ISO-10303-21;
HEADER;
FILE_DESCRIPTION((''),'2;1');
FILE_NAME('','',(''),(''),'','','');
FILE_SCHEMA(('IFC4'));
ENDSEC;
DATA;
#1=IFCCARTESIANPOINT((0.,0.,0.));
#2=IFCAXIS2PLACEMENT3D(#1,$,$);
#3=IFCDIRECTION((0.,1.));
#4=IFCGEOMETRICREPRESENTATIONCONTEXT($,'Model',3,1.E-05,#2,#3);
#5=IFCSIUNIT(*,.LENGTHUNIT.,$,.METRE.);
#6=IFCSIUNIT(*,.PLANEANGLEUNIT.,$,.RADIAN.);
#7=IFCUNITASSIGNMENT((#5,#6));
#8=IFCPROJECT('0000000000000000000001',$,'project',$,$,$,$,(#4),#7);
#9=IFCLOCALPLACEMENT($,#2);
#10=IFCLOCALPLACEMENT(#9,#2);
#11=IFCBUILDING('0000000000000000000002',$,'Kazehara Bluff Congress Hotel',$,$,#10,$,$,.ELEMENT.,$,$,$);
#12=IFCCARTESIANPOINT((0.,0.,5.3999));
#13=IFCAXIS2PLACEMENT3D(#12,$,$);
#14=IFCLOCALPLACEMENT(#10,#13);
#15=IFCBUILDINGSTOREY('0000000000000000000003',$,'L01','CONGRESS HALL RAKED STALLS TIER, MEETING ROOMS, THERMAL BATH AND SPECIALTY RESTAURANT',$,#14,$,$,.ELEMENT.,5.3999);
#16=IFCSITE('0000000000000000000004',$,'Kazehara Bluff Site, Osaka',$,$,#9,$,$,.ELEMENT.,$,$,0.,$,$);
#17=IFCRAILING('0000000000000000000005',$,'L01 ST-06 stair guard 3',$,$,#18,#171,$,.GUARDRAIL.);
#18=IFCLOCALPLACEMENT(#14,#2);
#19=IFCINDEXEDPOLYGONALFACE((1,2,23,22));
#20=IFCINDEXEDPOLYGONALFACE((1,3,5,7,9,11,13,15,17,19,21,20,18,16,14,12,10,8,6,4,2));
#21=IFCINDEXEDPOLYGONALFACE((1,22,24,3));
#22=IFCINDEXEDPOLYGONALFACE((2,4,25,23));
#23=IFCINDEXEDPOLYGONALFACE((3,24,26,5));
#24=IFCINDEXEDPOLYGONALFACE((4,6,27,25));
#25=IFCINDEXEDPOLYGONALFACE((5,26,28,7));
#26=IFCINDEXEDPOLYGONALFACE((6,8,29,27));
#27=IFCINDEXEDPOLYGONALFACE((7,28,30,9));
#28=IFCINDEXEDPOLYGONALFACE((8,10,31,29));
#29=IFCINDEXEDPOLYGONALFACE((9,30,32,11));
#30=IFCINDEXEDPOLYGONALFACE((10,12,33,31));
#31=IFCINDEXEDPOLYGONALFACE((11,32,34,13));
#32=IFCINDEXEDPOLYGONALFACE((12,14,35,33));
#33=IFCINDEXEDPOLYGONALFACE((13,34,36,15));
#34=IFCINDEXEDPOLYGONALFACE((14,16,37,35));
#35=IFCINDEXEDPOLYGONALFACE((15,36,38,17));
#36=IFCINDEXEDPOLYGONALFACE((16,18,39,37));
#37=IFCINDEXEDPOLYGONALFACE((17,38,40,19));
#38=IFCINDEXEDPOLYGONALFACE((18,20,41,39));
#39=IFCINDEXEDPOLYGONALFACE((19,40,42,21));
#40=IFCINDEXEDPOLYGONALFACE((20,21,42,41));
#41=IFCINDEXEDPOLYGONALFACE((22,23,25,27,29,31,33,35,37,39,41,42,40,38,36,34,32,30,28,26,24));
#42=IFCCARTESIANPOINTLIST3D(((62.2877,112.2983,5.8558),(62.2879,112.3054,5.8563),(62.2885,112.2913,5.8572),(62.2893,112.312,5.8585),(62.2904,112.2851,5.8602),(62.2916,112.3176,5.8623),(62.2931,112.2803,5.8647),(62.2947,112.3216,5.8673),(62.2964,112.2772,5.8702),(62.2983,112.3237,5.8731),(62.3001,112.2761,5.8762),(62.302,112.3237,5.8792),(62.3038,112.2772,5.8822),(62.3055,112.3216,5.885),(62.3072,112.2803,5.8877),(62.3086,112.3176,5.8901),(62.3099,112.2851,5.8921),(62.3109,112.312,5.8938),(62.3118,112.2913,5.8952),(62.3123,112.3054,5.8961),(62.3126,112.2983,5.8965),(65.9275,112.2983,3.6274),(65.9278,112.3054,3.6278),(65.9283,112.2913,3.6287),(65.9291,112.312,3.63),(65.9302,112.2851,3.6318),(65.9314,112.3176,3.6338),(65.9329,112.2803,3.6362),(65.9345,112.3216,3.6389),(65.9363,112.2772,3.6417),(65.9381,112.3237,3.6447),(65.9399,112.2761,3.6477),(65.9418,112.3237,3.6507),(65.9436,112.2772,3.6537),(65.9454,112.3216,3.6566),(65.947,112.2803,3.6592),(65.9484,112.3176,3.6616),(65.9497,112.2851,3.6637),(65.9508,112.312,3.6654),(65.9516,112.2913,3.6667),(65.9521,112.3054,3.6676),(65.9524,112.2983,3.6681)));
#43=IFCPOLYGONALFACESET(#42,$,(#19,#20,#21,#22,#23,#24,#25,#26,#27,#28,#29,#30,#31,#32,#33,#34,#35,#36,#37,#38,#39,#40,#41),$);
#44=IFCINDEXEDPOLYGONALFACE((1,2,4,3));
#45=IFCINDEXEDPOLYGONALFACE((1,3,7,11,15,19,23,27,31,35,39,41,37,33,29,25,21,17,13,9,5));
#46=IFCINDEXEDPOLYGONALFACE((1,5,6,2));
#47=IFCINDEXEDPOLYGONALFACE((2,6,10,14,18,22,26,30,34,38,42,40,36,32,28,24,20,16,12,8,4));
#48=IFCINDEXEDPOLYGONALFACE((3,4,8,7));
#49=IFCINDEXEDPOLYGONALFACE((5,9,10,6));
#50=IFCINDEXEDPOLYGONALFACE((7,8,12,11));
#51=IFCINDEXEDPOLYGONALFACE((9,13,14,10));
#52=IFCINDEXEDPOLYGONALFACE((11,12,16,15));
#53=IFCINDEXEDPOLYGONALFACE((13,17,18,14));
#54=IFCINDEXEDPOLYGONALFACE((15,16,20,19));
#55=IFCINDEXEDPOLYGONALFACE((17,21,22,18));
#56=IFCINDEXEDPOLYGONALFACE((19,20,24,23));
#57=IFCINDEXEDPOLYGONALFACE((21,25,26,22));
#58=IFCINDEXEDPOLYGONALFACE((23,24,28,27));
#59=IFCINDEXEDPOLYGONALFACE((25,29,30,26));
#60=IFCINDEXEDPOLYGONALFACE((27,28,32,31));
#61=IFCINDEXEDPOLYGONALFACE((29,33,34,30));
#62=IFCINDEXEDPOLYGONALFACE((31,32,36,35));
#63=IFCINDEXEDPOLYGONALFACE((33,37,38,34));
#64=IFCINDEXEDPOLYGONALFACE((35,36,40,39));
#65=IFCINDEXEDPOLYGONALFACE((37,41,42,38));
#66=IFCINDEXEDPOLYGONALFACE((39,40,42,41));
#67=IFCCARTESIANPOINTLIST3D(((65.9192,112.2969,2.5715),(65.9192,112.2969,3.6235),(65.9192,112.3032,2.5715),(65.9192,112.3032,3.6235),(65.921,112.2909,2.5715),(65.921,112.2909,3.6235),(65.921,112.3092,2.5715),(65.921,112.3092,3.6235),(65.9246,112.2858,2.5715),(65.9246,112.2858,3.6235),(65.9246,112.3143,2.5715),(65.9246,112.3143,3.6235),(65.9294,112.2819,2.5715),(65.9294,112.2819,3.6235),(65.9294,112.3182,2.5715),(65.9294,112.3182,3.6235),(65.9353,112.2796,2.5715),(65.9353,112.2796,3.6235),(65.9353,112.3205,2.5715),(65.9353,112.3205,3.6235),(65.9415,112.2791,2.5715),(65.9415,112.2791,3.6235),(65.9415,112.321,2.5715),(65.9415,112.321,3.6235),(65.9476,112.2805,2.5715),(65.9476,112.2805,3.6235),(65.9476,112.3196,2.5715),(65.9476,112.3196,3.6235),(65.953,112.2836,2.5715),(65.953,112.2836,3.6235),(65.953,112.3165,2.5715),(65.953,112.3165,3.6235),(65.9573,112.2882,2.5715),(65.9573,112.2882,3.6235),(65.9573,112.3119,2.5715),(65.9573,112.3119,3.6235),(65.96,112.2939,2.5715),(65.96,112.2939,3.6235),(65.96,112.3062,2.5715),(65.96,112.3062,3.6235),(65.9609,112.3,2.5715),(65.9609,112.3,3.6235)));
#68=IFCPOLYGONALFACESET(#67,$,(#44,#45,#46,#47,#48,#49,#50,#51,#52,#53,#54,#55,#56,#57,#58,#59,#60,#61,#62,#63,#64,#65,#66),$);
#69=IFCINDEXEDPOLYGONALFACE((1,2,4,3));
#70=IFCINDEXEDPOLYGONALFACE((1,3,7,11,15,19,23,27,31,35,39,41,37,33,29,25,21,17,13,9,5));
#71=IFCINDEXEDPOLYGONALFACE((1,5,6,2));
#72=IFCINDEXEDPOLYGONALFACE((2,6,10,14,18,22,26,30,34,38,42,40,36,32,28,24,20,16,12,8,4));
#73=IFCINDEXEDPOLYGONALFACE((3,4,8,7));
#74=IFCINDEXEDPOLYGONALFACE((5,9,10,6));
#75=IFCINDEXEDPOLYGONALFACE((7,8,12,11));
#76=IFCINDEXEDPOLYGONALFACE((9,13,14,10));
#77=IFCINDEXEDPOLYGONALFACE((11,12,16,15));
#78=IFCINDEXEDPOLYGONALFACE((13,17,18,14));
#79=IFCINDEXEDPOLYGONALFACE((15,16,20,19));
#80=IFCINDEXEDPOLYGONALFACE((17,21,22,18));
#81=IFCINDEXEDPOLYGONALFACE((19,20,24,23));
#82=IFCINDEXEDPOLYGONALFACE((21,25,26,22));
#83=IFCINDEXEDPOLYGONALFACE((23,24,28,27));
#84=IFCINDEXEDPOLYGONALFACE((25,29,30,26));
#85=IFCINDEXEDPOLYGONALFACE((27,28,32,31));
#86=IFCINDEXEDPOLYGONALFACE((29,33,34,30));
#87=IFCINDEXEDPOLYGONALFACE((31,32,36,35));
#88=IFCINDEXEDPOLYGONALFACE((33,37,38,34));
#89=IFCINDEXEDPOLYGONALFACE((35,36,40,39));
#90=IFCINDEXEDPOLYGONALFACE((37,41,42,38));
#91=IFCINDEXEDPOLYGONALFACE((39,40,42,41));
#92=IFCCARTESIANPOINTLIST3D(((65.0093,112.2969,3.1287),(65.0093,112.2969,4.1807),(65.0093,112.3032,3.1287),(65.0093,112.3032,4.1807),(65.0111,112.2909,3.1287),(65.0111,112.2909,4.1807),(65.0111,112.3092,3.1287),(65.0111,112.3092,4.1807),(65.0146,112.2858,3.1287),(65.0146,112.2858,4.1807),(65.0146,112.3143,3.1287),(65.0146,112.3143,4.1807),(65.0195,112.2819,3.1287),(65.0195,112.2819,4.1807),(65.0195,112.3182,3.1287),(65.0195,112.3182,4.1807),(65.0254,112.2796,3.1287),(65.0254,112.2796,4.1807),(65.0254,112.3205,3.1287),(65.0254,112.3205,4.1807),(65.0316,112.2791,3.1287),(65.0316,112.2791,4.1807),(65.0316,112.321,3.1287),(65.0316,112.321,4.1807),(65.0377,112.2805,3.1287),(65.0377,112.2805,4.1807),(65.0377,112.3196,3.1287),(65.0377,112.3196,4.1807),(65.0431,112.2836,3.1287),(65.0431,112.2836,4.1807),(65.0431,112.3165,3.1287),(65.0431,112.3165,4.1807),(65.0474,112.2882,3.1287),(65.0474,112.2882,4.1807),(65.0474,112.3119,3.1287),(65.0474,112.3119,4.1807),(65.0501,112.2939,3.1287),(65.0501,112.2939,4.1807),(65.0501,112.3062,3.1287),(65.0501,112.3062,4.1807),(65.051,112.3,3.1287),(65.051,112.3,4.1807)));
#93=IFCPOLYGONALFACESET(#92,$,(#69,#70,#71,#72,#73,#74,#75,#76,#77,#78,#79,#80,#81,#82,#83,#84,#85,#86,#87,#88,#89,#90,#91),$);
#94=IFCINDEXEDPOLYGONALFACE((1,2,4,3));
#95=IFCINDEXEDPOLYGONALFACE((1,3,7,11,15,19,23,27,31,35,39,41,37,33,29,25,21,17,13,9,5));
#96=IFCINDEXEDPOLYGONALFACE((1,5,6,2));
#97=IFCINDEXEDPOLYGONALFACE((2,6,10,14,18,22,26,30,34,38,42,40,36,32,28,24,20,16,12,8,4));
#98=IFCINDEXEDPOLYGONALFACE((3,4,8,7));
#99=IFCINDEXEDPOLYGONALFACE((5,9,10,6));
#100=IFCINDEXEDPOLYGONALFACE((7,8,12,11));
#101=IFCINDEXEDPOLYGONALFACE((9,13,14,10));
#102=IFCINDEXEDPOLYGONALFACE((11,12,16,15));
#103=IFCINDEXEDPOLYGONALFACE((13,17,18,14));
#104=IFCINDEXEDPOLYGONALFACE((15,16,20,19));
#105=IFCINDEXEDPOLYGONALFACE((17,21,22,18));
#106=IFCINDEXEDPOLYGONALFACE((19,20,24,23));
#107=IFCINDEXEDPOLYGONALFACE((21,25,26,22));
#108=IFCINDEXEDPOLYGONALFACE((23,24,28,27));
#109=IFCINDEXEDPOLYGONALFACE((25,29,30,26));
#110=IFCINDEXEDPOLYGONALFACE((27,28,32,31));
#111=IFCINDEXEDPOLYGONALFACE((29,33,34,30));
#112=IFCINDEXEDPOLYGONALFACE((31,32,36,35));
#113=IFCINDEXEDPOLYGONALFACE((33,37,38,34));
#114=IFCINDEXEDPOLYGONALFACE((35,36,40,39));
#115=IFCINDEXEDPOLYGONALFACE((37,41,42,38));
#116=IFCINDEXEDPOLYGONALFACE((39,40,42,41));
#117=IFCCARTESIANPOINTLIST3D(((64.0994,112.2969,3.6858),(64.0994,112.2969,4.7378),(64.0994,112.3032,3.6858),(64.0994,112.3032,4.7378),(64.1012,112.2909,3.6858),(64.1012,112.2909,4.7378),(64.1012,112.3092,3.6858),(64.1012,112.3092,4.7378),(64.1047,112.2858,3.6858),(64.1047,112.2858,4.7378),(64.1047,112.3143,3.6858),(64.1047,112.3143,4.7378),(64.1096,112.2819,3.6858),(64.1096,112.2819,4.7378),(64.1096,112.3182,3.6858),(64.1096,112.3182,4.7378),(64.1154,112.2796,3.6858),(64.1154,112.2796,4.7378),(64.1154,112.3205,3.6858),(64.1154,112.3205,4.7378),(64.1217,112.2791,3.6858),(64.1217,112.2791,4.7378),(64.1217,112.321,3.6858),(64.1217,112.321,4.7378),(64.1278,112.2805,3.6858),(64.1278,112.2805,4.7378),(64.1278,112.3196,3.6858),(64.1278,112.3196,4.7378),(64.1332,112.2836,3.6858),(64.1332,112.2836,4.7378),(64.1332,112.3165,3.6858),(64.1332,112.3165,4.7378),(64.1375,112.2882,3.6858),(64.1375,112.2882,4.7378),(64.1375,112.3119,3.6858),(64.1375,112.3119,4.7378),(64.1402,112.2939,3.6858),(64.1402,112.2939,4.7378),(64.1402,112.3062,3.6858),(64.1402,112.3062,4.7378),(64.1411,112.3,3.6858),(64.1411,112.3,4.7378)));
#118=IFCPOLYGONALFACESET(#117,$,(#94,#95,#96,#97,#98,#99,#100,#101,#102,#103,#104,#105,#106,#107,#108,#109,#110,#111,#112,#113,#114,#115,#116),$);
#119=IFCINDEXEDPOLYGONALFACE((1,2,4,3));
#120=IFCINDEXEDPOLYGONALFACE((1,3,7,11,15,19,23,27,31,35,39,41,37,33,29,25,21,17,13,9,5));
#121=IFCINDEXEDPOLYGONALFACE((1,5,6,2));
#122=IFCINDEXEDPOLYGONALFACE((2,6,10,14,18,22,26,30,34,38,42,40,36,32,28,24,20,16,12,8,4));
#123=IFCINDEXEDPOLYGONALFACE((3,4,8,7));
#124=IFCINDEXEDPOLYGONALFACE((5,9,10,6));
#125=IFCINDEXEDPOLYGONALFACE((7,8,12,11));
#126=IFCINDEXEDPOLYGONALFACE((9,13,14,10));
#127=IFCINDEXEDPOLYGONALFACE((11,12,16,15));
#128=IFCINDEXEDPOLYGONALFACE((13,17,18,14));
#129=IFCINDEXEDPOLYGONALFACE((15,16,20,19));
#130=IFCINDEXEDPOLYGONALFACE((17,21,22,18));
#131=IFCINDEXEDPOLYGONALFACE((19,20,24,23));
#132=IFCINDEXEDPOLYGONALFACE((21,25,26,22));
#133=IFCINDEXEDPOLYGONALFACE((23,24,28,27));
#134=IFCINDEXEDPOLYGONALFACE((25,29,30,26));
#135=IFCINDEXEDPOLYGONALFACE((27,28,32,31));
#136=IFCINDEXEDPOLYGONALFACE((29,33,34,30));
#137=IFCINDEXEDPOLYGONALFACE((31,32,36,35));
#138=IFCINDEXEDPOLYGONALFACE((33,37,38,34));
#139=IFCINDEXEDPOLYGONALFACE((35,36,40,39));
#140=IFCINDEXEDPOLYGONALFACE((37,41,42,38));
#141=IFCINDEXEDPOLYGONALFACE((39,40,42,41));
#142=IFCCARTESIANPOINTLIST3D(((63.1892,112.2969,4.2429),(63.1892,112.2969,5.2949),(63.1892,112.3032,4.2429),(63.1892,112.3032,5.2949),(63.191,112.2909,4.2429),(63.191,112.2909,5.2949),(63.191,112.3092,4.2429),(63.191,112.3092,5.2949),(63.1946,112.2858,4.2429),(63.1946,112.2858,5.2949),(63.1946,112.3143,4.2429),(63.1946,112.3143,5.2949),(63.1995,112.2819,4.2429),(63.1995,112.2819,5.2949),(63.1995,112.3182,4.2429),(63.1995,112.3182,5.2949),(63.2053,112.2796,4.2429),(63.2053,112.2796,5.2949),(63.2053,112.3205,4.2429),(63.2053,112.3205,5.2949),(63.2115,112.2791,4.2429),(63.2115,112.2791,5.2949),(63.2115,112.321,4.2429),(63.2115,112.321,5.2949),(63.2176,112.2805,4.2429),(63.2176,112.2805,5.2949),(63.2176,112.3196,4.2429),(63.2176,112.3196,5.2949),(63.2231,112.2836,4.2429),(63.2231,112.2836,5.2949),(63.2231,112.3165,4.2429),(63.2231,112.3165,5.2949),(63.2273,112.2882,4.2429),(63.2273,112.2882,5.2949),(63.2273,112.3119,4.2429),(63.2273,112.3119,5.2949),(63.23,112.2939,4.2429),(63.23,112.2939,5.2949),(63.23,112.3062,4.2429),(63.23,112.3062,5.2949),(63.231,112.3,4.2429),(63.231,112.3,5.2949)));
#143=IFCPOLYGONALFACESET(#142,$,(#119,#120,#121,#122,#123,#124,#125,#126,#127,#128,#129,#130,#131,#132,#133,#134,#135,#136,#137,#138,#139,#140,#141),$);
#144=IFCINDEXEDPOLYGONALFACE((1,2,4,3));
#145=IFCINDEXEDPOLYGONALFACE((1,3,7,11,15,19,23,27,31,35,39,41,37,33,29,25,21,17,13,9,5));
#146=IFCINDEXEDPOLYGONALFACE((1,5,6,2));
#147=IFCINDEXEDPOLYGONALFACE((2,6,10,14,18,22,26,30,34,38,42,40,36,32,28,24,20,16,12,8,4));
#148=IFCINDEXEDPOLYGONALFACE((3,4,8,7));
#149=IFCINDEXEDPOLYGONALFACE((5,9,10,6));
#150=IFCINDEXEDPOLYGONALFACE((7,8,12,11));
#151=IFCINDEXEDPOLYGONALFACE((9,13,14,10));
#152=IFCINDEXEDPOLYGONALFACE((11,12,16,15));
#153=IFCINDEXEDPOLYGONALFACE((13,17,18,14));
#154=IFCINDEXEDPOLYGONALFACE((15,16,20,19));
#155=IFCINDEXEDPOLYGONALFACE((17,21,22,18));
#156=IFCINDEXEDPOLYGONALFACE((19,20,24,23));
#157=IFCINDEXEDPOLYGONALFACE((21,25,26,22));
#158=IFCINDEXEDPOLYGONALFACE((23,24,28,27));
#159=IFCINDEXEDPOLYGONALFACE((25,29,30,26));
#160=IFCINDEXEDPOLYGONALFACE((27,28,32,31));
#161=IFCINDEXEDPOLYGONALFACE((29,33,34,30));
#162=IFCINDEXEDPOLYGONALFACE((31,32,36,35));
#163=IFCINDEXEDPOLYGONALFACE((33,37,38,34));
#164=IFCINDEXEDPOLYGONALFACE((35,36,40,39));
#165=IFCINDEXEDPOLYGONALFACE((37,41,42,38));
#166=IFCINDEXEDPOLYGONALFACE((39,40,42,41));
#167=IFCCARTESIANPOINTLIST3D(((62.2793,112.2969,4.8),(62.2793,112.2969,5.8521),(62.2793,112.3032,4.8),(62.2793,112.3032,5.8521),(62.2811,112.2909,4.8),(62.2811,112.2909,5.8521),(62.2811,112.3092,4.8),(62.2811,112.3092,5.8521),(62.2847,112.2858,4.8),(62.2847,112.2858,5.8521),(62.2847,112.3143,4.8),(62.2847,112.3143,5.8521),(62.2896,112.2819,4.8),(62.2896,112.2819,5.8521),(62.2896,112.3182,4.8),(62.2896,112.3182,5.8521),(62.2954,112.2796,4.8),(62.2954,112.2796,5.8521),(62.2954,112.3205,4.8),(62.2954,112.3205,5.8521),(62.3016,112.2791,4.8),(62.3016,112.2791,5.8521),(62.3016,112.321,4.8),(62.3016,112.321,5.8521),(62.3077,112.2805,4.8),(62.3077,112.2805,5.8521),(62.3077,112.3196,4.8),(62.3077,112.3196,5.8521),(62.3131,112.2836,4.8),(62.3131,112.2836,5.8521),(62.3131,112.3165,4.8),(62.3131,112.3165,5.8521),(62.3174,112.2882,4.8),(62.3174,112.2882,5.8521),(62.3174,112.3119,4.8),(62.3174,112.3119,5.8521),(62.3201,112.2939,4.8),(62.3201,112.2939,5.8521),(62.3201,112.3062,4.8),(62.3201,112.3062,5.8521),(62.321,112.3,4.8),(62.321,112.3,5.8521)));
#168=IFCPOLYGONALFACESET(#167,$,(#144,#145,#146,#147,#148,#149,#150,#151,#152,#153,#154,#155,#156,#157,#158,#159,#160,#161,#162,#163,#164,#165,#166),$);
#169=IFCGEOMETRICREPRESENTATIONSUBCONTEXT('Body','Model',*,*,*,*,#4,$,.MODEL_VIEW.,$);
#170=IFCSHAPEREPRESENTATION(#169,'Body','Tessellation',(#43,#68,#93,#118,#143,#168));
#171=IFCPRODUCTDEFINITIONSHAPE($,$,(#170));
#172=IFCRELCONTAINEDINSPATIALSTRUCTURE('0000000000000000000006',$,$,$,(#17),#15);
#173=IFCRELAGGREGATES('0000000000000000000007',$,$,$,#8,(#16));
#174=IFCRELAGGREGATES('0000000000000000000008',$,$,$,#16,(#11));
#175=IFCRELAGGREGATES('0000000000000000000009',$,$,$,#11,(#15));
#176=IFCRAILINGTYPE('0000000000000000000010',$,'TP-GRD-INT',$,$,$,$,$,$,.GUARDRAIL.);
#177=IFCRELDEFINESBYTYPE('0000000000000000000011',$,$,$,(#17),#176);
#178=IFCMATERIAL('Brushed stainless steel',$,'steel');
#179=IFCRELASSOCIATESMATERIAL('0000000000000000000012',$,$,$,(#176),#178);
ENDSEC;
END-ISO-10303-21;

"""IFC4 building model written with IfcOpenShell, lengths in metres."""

from ifc_helpers import new_model, si_unit, direction, frame, origin, origin_2d, place, context, subcontext, project, spatial, circle, extrude, material, type_object, element, save


model = new_model("IFC4")

# Units and contexts
model_context = context("Model", 3, precision=1e-05, world=origin(), true_north=direction((0.0, 1.0)))
body_context = subcontext(model_context, "Body", "Model", "MODEL_VIEW")
ifc_project = project(units=[si_unit("LENGTHUNIT", "METRE"), si_unit("PLANEANGLEUNIT", "RADIAN")], contexts=[model_context])

# Site, building, storey
site_placement = place(None, origin())
site = spatial("IfcSite", under=ifc_project, at=site_placement, Name="Kazehara Bluff Site, Osaka", CompositionType="ELEMENT", RefElevation=0.0)
building_placement = place(site_placement, origin())
building = spatial("IfcBuilding", under=site, at=building_placement, Name="Kazehara Bluff Congress Hotel", CompositionType="ELEMENT")
storey_placement = place(building_placement, frame((0.0, 0.0, 5.3999)))
storey = spatial("IfcBuildingStorey", under=building, at=storey_placement, Name="L01", Description="CONGRESS HALL RAKED STALLS TIER, MEETING ROOMS, THERMAL BATH AND SPECIALTY RESTAURANT", CompositionType="ELEMENT", Elevation=5.3999)

# Railing
ifc_material_1 = material(Name="Brushed stainless steel", Category="steel")
railing_type_1 = type_object("IfcRailingType", Name="TP-GRD-INT", PredefinedType="GUARDRAIL", material=ifc_material_1)
railing_1_placement = place(storey_placement, frame((65.9399, 112.3, 2.5715)))
element("IfcRailing", 1, at=railing_1_placement, inside=storey, type_object=railing_type_1, Name="L01 ST-06 stair guard 3", PredefinedType="GUARDRAIL", context=body_context, shape_type="SweptSolid", body=[
    extrude(circle(Radius=0.0239, at=origin_2d()), frame((0.0, 0.0, 1.0762), z_axis=(-0.85285, 0.0, 0.522156), x_axis=(0.0, -1.0, 0.0)), (0.0, 0.0, 1.0), 4.2678),
    extrude(circle(Radius=0.021, at=origin_2d()), origin(), (0.0, 0.0, 1.0), 1.052),
    extrude(circle(Radius=0.021, at=origin_2d()), frame((-0.9099, 0.0, 0.5571)), (0.0, 0.0, 1.0), 1.052),
    extrude(circle(Radius=0.021, at=origin_2d()), frame((-1.8198, 0.0, 1.1143)), (0.0, 0.0, 1.0), 1.052),
    extrude(circle(Radius=0.021, at=origin_2d()), frame((-2.73, 0.0, 1.6714)), (0.0, 0.0, 1.0), 1.052),
    extrude(circle(Radius=0.021, at=origin_2d()), frame((-3.6399, 0.0, 2.2285)), (0.0, 0.0, 1.0), 1.052),
])

save(model, "model.ifc")
